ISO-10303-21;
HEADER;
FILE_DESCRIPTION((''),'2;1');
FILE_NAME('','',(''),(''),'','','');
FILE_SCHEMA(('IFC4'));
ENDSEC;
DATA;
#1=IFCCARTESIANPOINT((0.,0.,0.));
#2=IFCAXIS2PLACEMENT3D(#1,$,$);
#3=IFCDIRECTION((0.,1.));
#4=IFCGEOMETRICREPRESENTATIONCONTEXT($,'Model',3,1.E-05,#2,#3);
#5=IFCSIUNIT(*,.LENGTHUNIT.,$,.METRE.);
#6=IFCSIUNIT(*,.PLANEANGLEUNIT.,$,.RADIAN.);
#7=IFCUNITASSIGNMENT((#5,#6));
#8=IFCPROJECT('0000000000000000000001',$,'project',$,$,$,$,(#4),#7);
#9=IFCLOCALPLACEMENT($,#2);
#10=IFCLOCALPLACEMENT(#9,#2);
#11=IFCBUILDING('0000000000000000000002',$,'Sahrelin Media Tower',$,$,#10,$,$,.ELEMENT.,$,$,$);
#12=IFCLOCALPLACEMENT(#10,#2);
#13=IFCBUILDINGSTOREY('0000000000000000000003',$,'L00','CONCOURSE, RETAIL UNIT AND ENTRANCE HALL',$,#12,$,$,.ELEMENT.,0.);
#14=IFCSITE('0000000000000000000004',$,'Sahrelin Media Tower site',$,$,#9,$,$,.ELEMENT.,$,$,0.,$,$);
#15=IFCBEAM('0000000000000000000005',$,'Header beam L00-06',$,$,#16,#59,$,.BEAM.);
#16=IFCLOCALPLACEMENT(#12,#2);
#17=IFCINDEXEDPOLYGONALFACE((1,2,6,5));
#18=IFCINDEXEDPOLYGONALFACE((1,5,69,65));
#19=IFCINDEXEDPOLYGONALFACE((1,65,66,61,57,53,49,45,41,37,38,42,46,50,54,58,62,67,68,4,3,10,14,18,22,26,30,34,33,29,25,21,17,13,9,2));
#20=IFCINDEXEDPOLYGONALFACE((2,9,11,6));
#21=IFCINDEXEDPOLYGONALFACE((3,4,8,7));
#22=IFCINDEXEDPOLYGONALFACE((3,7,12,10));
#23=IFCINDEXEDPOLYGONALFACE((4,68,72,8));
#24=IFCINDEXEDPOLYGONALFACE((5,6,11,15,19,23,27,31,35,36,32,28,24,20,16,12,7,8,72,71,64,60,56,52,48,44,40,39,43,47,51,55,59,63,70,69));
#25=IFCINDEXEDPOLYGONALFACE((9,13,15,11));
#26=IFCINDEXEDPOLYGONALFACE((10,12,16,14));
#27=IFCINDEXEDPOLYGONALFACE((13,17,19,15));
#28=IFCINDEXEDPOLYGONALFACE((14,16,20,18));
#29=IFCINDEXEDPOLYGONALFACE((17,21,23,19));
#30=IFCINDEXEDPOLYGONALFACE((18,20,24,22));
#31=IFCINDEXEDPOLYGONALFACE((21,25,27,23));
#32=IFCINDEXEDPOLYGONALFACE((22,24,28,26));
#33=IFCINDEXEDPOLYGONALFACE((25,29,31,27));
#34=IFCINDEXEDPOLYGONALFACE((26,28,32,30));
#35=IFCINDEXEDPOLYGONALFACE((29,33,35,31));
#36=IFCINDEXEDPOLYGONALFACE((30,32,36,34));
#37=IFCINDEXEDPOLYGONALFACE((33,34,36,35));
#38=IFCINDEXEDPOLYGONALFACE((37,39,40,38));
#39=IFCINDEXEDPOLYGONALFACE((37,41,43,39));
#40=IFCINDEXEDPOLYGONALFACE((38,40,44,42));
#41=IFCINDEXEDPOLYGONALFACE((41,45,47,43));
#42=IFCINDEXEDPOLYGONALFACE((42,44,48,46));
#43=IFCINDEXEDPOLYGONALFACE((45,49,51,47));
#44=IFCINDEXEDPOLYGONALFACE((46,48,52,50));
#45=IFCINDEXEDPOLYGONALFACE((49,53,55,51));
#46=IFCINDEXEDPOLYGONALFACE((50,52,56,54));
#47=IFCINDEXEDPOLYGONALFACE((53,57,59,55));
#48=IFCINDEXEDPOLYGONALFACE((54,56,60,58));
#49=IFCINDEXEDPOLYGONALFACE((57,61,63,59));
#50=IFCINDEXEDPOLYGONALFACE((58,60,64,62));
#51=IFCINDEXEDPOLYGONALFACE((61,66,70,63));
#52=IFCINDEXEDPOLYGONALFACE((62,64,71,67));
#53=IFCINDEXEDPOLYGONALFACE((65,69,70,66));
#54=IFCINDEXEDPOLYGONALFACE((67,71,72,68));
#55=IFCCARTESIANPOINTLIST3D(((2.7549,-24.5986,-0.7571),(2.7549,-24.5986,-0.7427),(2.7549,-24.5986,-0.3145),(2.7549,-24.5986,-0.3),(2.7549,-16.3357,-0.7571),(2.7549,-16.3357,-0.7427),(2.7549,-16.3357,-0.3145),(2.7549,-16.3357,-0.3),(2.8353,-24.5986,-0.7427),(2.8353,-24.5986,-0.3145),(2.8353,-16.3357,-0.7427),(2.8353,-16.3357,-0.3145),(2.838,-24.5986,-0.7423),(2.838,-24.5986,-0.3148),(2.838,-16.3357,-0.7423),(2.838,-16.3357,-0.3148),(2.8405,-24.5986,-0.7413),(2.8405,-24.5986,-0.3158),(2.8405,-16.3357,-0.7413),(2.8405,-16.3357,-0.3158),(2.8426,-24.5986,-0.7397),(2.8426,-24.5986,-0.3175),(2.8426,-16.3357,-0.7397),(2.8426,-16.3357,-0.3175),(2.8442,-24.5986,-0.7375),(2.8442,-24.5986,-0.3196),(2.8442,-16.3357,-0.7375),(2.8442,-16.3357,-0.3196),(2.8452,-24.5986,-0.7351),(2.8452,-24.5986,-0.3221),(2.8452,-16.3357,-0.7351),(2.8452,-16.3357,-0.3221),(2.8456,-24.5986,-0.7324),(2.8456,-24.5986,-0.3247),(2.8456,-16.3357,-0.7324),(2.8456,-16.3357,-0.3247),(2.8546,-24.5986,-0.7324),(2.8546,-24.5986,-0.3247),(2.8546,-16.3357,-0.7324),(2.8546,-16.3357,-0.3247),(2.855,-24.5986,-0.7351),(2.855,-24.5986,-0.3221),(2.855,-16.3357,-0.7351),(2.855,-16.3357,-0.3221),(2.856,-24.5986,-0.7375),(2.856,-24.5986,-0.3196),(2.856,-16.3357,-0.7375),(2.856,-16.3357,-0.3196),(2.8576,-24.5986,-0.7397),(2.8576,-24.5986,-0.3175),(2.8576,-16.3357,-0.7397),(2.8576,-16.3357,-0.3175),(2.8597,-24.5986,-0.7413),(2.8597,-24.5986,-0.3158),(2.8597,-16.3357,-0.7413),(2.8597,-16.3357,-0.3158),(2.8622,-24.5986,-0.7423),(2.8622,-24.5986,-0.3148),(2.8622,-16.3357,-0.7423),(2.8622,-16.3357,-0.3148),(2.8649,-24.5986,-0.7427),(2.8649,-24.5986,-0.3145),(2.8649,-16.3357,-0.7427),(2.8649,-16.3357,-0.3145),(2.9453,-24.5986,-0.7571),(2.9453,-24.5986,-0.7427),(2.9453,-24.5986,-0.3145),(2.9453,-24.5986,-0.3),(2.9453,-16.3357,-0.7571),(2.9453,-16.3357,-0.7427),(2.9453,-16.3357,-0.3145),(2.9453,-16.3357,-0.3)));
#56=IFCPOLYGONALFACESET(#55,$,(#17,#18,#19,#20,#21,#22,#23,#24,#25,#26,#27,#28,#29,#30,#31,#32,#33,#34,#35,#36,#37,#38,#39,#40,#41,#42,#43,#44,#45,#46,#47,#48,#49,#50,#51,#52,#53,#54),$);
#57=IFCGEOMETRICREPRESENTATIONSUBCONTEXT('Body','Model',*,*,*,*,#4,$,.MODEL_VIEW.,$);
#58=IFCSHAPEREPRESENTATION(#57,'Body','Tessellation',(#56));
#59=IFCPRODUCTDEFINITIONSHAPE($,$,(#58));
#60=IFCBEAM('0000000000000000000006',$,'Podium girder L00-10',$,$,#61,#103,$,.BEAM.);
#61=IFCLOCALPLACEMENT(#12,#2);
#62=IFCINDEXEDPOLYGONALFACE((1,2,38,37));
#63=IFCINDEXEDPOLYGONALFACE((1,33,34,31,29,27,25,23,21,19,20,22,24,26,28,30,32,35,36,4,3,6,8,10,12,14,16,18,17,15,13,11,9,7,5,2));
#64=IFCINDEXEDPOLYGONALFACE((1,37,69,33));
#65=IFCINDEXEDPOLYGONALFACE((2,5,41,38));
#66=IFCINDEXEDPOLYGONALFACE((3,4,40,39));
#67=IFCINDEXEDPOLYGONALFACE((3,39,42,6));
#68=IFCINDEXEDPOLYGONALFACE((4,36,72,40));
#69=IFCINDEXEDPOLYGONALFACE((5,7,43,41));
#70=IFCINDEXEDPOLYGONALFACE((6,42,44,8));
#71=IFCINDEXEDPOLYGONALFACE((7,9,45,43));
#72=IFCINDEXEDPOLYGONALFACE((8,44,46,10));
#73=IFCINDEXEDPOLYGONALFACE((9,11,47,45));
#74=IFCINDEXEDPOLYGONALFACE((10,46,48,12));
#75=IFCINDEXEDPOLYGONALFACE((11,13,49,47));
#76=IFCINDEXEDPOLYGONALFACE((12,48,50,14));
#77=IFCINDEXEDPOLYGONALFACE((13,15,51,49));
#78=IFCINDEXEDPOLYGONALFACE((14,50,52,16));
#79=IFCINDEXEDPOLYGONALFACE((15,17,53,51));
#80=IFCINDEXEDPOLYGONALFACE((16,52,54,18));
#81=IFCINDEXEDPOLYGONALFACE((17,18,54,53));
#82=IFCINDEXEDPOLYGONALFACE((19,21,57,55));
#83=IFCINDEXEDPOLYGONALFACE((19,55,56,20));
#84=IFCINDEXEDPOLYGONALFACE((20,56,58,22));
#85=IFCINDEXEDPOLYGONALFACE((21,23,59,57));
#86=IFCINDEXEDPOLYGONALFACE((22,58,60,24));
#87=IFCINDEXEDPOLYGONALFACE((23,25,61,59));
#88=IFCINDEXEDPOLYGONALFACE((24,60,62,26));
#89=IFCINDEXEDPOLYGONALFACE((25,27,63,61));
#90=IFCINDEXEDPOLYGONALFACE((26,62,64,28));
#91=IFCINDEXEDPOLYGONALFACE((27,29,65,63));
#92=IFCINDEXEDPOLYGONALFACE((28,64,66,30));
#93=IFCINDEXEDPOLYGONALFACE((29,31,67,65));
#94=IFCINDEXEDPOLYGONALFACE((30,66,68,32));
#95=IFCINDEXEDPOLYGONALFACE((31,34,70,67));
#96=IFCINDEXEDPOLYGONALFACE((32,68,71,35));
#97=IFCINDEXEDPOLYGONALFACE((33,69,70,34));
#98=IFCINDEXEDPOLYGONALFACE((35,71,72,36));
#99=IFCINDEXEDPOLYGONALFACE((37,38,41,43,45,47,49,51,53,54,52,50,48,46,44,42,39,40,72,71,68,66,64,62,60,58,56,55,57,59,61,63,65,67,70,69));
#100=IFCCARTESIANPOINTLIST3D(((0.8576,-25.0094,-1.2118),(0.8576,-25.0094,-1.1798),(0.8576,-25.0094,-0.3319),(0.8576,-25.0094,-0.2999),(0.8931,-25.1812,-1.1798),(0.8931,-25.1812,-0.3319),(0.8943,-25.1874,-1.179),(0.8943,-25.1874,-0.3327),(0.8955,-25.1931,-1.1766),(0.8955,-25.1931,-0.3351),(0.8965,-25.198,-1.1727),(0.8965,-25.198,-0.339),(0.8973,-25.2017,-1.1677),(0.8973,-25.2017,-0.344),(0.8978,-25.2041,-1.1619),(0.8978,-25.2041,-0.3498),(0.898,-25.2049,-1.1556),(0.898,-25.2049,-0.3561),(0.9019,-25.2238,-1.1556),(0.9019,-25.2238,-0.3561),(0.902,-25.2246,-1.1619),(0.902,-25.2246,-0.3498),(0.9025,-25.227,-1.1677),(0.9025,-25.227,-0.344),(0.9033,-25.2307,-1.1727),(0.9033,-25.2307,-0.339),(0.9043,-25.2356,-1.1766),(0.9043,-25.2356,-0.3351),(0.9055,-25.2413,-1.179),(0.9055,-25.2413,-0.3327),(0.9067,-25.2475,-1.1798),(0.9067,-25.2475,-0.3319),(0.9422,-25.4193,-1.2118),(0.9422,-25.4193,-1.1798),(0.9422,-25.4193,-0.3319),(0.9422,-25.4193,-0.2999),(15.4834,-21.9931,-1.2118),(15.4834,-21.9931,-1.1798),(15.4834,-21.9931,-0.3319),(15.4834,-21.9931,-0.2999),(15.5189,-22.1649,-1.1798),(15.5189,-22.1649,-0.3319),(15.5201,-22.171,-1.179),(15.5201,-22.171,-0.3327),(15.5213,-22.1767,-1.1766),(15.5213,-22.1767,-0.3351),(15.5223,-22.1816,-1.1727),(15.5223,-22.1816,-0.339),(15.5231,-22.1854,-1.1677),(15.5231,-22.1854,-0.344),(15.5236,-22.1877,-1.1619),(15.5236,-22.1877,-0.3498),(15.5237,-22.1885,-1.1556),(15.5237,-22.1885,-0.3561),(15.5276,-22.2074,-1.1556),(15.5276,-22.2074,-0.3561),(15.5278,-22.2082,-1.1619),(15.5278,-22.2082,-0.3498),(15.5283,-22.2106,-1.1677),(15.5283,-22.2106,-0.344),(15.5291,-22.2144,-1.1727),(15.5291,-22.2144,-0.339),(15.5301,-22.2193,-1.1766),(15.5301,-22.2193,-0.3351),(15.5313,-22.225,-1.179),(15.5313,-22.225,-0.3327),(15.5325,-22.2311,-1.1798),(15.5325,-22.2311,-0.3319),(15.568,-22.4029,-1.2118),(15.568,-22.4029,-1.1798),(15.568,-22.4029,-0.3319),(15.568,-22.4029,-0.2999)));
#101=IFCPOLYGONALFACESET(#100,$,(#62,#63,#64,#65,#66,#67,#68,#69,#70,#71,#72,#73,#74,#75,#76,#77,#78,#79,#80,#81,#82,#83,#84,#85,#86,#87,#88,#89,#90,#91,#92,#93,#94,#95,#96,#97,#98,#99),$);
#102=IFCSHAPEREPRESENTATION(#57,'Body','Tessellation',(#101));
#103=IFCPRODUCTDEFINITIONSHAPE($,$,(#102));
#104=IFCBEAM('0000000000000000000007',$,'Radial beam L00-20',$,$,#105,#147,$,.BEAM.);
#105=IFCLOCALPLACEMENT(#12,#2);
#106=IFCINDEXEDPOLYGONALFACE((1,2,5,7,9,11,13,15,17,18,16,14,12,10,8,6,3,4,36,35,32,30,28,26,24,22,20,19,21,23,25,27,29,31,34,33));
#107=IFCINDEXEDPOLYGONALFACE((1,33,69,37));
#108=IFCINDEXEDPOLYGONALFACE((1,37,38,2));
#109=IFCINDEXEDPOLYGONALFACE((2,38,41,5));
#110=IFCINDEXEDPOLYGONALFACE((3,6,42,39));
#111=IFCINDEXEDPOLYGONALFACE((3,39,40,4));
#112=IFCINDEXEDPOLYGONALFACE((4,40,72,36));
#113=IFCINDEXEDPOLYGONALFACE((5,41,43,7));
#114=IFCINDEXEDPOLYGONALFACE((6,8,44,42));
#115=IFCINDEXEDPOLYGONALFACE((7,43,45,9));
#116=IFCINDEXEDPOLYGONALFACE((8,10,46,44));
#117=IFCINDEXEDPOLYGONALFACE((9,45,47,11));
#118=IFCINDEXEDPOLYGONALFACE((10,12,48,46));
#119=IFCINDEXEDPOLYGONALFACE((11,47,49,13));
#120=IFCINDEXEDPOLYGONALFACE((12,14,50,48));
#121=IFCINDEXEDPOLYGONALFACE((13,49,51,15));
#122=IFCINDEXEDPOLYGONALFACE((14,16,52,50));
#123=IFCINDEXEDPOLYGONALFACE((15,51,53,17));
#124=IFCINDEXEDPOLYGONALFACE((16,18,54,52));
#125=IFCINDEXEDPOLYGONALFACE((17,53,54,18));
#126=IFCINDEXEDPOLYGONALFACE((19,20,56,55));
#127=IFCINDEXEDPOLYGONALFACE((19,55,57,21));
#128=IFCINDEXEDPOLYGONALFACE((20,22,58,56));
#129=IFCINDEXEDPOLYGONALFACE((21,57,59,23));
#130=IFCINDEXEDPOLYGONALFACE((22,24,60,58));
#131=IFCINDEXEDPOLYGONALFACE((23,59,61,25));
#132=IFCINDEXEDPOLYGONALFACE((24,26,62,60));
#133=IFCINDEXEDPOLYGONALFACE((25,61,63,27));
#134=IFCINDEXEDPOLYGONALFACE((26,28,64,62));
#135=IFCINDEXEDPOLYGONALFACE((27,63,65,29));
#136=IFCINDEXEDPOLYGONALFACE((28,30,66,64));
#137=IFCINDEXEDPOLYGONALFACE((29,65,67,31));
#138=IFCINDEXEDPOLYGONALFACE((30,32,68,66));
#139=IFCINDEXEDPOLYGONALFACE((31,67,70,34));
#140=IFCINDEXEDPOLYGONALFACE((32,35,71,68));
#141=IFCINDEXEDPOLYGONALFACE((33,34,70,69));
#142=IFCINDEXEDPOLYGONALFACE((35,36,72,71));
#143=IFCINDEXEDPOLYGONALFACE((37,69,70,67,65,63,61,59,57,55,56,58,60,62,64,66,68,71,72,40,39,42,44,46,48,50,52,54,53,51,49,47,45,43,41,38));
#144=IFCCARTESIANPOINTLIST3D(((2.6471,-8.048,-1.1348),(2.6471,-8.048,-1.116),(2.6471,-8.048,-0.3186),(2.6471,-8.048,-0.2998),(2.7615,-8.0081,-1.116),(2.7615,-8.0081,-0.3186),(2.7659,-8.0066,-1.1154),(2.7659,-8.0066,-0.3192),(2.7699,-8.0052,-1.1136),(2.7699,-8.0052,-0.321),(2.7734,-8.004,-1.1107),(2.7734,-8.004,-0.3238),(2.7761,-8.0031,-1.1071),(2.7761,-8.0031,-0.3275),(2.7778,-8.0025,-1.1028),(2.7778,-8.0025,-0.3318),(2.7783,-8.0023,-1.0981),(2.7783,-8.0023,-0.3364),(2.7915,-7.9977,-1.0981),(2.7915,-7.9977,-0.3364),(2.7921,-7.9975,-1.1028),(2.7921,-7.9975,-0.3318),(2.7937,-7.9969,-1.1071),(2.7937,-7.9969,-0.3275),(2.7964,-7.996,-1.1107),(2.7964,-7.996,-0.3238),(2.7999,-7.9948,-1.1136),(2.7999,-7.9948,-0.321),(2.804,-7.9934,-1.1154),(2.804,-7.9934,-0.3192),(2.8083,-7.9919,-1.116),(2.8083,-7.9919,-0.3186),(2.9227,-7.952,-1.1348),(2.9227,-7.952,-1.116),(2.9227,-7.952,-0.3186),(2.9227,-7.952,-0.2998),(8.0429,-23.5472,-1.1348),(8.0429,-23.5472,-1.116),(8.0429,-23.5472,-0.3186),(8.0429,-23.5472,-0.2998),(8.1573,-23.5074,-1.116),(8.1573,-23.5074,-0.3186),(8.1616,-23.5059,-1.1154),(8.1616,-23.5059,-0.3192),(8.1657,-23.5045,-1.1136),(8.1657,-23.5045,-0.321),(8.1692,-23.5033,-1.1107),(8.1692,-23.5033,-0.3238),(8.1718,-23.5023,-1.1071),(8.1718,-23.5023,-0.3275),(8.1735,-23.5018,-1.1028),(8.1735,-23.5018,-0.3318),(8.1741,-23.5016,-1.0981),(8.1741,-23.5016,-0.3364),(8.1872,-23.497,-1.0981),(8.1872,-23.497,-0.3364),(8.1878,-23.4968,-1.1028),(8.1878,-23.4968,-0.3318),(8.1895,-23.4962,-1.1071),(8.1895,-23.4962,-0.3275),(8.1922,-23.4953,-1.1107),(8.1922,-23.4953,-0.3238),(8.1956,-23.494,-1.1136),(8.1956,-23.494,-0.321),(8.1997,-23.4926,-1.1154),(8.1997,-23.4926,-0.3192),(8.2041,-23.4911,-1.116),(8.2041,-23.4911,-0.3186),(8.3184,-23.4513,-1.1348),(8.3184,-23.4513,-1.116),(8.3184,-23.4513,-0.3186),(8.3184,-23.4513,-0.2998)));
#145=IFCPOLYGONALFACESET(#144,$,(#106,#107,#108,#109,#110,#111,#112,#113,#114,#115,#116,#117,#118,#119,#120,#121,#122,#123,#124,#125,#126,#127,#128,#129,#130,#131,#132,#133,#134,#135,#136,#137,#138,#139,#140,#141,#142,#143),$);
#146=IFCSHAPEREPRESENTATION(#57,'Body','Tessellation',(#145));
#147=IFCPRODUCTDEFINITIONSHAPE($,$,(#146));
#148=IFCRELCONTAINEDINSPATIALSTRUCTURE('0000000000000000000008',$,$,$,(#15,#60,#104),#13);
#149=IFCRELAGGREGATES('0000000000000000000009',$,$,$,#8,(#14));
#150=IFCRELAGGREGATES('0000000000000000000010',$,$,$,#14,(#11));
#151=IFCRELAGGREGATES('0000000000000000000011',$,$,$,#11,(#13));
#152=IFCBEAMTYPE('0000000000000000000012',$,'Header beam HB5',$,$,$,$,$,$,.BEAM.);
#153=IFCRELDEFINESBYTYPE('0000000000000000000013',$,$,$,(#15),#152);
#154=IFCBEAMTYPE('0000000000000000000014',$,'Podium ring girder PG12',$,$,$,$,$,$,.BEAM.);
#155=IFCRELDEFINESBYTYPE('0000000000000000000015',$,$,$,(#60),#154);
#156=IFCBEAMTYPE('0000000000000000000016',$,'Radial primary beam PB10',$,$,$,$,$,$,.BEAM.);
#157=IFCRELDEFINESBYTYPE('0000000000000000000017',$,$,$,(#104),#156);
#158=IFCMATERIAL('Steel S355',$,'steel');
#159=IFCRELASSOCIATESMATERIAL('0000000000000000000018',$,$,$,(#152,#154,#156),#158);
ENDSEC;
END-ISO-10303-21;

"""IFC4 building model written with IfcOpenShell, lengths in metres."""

from ifc_helpers import new_model, si_unit, direction, frame, origin, origin_2d, place, context, subcontext, project, spatial, i_section, extrude, material, material_profile, profile_set, type_object, element, save


model = new_model("IFC4")

# Units and contexts
model_context = context("Model", 3, precision=1e-05, world=origin(), true_north=direction((0.0, 1.0)))
body_context = subcontext(model_context, "Body", "Model", "MODEL_VIEW")
ifc_project = project(units=[si_unit("LENGTHUNIT", "METRE"), si_unit("PLANEANGLEUNIT", "RADIAN")], contexts=[model_context])

# Site, building, storey
site_placement = place(None, origin())
site = spatial("IfcSite", under=ifc_project, at=site_placement, Name="Sahrelin Media Tower site", CompositionType="ELEMENT", RefElevation=0.0)
building_placement = place(site_placement, origin())
building = spatial("IfcBuilding", under=site, at=building_placement, Name="Sahrelin Media Tower", CompositionType="ELEMENT")
storey_placement = place(building_placement, origin())
storey = spatial("IfcBuildingStorey", under=building, at=storey_placement, Name="L00", Description="CONCOURSE, RETAIL UNIT AND ENTRANCE HALL", CompositionType="ELEMENT", Elevation=0.0)

# Beams
ifc_material_1 = material(Name="Steel S355", Category="steel")
ifc_material_profile_1 = material_profile(ifc_material_1, i_section(OverallWidth=0.1904, OverallDepth=0.457, WebThickness=0.009, FlangeThickness=0.0144, FilletRadius=0.0103, at=origin_2d()), Name="UB 457x191x74")
ifc_profile_set_1 = profile_set([ifc_material_profile_1], Name="Steel S355")
beam_type_1 = type_object("IfcBeamType", Name="Header beam HB5", PredefinedType="BEAM", material=ifc_profile_set_1)
beam_1_placement = place(storey_placement, frame((2.8501, -16.3357, -0.5286), z_axis=(0.0, -1.0, 0.0), x_axis=(1.0, 0.0, 0.0)))
element("IfcBeam", 1, at=beam_1_placement, inside=storey, type_object=beam_type_1, Name="Header beam L00-06", PredefinedType="BEAM", context=body_context, shape_type="SweptSolid", body=[
    extrude(i_section(OverallWidth=0.1904, OverallDepth=0.457, WebThickness=0.009, FlangeThickness=0.0144, FilletRadius=0.0103, at=origin_2d()), origin(), (0.0, 0.0, 1.0), 8.2629),
])
ifc_material_profile_2 = material_profile(ifc_material_1, i_section(OverallWidth=0.4185, OverallDepth=0.9119, WebThickness=0.0193, FlangeThickness=0.032, FilletRadius=0.0242, at=origin_2d()), Name="UB 914x419x343")
ifc_profile_set_2 = profile_set([ifc_material_profile_2], Name="Steel S355")
beam_type_2 = type_object("IfcBeamType", Name="Podium ring girder PG12", PredefinedType="BEAM", material=ifc_profile_set_2)
beam_2_placement = place(storey_placement, frame((0.8999, -25.2144, -0.7559), z_axis=(0.979389, 0.201985, 0.0), x_axis=(-0.201985, 0.979389, 0.0)))
element("IfcBeam", 2, at=beam_2_placement, inside=storey, type_object=beam_type_2, Name="Podium girder L00-10", PredefinedType="BEAM", context=body_context, shape_type="SweptSolid", body=[
    extrude(i_section(OverallWidth=0.4185, OverallDepth=0.9119, WebThickness=0.0193, FlangeThickness=0.032, FilletRadius=0.0242, at=origin_2d()), origin(), (0.0, 0.0, 1.0), 14.9336),
])
ifc_material_profile_3 = material_profile(ifc_material_1, i_section(OverallWidth=0.2917, OverallDepth=0.835, WebThickness=0.0139, FlangeThickness=0.0188, FilletRadius=0.0178, at=origin_2d()), Name="UB 838x292x176")
ifc_profile_set_3 = profile_set([ifc_material_profile_3], Name="Steel S355")
beam_type_3 = type_object("IfcBeamType", Name="Radial primary beam PB10", PredefinedType="BEAM", material=ifc_profile_set_3)
beam_3_placement = place(storey_placement, frame((2.7849, -8.0, -0.7173), z_axis=(0.328776, -0.944408, 0.0), x_axis=(0.944408, 0.328776, 0.0)))
element("IfcBeam", 3, at=beam_3_placement, inside=storey, type_object=beam_type_3, Name="Radial beam L00-20", PredefinedType="BEAM", context=body_context, shape_type="SweptSolid", body=[
    extrude(i_section(OverallWidth=0.2917, OverallDepth=0.835, WebThickness=0.0139, FlangeThickness=0.0188, FilletRadius=0.0178, at=origin_2d()), origin(), (0.0, 0.0, 1.0), 16.4116),
])

save(model, "model.ifc")
